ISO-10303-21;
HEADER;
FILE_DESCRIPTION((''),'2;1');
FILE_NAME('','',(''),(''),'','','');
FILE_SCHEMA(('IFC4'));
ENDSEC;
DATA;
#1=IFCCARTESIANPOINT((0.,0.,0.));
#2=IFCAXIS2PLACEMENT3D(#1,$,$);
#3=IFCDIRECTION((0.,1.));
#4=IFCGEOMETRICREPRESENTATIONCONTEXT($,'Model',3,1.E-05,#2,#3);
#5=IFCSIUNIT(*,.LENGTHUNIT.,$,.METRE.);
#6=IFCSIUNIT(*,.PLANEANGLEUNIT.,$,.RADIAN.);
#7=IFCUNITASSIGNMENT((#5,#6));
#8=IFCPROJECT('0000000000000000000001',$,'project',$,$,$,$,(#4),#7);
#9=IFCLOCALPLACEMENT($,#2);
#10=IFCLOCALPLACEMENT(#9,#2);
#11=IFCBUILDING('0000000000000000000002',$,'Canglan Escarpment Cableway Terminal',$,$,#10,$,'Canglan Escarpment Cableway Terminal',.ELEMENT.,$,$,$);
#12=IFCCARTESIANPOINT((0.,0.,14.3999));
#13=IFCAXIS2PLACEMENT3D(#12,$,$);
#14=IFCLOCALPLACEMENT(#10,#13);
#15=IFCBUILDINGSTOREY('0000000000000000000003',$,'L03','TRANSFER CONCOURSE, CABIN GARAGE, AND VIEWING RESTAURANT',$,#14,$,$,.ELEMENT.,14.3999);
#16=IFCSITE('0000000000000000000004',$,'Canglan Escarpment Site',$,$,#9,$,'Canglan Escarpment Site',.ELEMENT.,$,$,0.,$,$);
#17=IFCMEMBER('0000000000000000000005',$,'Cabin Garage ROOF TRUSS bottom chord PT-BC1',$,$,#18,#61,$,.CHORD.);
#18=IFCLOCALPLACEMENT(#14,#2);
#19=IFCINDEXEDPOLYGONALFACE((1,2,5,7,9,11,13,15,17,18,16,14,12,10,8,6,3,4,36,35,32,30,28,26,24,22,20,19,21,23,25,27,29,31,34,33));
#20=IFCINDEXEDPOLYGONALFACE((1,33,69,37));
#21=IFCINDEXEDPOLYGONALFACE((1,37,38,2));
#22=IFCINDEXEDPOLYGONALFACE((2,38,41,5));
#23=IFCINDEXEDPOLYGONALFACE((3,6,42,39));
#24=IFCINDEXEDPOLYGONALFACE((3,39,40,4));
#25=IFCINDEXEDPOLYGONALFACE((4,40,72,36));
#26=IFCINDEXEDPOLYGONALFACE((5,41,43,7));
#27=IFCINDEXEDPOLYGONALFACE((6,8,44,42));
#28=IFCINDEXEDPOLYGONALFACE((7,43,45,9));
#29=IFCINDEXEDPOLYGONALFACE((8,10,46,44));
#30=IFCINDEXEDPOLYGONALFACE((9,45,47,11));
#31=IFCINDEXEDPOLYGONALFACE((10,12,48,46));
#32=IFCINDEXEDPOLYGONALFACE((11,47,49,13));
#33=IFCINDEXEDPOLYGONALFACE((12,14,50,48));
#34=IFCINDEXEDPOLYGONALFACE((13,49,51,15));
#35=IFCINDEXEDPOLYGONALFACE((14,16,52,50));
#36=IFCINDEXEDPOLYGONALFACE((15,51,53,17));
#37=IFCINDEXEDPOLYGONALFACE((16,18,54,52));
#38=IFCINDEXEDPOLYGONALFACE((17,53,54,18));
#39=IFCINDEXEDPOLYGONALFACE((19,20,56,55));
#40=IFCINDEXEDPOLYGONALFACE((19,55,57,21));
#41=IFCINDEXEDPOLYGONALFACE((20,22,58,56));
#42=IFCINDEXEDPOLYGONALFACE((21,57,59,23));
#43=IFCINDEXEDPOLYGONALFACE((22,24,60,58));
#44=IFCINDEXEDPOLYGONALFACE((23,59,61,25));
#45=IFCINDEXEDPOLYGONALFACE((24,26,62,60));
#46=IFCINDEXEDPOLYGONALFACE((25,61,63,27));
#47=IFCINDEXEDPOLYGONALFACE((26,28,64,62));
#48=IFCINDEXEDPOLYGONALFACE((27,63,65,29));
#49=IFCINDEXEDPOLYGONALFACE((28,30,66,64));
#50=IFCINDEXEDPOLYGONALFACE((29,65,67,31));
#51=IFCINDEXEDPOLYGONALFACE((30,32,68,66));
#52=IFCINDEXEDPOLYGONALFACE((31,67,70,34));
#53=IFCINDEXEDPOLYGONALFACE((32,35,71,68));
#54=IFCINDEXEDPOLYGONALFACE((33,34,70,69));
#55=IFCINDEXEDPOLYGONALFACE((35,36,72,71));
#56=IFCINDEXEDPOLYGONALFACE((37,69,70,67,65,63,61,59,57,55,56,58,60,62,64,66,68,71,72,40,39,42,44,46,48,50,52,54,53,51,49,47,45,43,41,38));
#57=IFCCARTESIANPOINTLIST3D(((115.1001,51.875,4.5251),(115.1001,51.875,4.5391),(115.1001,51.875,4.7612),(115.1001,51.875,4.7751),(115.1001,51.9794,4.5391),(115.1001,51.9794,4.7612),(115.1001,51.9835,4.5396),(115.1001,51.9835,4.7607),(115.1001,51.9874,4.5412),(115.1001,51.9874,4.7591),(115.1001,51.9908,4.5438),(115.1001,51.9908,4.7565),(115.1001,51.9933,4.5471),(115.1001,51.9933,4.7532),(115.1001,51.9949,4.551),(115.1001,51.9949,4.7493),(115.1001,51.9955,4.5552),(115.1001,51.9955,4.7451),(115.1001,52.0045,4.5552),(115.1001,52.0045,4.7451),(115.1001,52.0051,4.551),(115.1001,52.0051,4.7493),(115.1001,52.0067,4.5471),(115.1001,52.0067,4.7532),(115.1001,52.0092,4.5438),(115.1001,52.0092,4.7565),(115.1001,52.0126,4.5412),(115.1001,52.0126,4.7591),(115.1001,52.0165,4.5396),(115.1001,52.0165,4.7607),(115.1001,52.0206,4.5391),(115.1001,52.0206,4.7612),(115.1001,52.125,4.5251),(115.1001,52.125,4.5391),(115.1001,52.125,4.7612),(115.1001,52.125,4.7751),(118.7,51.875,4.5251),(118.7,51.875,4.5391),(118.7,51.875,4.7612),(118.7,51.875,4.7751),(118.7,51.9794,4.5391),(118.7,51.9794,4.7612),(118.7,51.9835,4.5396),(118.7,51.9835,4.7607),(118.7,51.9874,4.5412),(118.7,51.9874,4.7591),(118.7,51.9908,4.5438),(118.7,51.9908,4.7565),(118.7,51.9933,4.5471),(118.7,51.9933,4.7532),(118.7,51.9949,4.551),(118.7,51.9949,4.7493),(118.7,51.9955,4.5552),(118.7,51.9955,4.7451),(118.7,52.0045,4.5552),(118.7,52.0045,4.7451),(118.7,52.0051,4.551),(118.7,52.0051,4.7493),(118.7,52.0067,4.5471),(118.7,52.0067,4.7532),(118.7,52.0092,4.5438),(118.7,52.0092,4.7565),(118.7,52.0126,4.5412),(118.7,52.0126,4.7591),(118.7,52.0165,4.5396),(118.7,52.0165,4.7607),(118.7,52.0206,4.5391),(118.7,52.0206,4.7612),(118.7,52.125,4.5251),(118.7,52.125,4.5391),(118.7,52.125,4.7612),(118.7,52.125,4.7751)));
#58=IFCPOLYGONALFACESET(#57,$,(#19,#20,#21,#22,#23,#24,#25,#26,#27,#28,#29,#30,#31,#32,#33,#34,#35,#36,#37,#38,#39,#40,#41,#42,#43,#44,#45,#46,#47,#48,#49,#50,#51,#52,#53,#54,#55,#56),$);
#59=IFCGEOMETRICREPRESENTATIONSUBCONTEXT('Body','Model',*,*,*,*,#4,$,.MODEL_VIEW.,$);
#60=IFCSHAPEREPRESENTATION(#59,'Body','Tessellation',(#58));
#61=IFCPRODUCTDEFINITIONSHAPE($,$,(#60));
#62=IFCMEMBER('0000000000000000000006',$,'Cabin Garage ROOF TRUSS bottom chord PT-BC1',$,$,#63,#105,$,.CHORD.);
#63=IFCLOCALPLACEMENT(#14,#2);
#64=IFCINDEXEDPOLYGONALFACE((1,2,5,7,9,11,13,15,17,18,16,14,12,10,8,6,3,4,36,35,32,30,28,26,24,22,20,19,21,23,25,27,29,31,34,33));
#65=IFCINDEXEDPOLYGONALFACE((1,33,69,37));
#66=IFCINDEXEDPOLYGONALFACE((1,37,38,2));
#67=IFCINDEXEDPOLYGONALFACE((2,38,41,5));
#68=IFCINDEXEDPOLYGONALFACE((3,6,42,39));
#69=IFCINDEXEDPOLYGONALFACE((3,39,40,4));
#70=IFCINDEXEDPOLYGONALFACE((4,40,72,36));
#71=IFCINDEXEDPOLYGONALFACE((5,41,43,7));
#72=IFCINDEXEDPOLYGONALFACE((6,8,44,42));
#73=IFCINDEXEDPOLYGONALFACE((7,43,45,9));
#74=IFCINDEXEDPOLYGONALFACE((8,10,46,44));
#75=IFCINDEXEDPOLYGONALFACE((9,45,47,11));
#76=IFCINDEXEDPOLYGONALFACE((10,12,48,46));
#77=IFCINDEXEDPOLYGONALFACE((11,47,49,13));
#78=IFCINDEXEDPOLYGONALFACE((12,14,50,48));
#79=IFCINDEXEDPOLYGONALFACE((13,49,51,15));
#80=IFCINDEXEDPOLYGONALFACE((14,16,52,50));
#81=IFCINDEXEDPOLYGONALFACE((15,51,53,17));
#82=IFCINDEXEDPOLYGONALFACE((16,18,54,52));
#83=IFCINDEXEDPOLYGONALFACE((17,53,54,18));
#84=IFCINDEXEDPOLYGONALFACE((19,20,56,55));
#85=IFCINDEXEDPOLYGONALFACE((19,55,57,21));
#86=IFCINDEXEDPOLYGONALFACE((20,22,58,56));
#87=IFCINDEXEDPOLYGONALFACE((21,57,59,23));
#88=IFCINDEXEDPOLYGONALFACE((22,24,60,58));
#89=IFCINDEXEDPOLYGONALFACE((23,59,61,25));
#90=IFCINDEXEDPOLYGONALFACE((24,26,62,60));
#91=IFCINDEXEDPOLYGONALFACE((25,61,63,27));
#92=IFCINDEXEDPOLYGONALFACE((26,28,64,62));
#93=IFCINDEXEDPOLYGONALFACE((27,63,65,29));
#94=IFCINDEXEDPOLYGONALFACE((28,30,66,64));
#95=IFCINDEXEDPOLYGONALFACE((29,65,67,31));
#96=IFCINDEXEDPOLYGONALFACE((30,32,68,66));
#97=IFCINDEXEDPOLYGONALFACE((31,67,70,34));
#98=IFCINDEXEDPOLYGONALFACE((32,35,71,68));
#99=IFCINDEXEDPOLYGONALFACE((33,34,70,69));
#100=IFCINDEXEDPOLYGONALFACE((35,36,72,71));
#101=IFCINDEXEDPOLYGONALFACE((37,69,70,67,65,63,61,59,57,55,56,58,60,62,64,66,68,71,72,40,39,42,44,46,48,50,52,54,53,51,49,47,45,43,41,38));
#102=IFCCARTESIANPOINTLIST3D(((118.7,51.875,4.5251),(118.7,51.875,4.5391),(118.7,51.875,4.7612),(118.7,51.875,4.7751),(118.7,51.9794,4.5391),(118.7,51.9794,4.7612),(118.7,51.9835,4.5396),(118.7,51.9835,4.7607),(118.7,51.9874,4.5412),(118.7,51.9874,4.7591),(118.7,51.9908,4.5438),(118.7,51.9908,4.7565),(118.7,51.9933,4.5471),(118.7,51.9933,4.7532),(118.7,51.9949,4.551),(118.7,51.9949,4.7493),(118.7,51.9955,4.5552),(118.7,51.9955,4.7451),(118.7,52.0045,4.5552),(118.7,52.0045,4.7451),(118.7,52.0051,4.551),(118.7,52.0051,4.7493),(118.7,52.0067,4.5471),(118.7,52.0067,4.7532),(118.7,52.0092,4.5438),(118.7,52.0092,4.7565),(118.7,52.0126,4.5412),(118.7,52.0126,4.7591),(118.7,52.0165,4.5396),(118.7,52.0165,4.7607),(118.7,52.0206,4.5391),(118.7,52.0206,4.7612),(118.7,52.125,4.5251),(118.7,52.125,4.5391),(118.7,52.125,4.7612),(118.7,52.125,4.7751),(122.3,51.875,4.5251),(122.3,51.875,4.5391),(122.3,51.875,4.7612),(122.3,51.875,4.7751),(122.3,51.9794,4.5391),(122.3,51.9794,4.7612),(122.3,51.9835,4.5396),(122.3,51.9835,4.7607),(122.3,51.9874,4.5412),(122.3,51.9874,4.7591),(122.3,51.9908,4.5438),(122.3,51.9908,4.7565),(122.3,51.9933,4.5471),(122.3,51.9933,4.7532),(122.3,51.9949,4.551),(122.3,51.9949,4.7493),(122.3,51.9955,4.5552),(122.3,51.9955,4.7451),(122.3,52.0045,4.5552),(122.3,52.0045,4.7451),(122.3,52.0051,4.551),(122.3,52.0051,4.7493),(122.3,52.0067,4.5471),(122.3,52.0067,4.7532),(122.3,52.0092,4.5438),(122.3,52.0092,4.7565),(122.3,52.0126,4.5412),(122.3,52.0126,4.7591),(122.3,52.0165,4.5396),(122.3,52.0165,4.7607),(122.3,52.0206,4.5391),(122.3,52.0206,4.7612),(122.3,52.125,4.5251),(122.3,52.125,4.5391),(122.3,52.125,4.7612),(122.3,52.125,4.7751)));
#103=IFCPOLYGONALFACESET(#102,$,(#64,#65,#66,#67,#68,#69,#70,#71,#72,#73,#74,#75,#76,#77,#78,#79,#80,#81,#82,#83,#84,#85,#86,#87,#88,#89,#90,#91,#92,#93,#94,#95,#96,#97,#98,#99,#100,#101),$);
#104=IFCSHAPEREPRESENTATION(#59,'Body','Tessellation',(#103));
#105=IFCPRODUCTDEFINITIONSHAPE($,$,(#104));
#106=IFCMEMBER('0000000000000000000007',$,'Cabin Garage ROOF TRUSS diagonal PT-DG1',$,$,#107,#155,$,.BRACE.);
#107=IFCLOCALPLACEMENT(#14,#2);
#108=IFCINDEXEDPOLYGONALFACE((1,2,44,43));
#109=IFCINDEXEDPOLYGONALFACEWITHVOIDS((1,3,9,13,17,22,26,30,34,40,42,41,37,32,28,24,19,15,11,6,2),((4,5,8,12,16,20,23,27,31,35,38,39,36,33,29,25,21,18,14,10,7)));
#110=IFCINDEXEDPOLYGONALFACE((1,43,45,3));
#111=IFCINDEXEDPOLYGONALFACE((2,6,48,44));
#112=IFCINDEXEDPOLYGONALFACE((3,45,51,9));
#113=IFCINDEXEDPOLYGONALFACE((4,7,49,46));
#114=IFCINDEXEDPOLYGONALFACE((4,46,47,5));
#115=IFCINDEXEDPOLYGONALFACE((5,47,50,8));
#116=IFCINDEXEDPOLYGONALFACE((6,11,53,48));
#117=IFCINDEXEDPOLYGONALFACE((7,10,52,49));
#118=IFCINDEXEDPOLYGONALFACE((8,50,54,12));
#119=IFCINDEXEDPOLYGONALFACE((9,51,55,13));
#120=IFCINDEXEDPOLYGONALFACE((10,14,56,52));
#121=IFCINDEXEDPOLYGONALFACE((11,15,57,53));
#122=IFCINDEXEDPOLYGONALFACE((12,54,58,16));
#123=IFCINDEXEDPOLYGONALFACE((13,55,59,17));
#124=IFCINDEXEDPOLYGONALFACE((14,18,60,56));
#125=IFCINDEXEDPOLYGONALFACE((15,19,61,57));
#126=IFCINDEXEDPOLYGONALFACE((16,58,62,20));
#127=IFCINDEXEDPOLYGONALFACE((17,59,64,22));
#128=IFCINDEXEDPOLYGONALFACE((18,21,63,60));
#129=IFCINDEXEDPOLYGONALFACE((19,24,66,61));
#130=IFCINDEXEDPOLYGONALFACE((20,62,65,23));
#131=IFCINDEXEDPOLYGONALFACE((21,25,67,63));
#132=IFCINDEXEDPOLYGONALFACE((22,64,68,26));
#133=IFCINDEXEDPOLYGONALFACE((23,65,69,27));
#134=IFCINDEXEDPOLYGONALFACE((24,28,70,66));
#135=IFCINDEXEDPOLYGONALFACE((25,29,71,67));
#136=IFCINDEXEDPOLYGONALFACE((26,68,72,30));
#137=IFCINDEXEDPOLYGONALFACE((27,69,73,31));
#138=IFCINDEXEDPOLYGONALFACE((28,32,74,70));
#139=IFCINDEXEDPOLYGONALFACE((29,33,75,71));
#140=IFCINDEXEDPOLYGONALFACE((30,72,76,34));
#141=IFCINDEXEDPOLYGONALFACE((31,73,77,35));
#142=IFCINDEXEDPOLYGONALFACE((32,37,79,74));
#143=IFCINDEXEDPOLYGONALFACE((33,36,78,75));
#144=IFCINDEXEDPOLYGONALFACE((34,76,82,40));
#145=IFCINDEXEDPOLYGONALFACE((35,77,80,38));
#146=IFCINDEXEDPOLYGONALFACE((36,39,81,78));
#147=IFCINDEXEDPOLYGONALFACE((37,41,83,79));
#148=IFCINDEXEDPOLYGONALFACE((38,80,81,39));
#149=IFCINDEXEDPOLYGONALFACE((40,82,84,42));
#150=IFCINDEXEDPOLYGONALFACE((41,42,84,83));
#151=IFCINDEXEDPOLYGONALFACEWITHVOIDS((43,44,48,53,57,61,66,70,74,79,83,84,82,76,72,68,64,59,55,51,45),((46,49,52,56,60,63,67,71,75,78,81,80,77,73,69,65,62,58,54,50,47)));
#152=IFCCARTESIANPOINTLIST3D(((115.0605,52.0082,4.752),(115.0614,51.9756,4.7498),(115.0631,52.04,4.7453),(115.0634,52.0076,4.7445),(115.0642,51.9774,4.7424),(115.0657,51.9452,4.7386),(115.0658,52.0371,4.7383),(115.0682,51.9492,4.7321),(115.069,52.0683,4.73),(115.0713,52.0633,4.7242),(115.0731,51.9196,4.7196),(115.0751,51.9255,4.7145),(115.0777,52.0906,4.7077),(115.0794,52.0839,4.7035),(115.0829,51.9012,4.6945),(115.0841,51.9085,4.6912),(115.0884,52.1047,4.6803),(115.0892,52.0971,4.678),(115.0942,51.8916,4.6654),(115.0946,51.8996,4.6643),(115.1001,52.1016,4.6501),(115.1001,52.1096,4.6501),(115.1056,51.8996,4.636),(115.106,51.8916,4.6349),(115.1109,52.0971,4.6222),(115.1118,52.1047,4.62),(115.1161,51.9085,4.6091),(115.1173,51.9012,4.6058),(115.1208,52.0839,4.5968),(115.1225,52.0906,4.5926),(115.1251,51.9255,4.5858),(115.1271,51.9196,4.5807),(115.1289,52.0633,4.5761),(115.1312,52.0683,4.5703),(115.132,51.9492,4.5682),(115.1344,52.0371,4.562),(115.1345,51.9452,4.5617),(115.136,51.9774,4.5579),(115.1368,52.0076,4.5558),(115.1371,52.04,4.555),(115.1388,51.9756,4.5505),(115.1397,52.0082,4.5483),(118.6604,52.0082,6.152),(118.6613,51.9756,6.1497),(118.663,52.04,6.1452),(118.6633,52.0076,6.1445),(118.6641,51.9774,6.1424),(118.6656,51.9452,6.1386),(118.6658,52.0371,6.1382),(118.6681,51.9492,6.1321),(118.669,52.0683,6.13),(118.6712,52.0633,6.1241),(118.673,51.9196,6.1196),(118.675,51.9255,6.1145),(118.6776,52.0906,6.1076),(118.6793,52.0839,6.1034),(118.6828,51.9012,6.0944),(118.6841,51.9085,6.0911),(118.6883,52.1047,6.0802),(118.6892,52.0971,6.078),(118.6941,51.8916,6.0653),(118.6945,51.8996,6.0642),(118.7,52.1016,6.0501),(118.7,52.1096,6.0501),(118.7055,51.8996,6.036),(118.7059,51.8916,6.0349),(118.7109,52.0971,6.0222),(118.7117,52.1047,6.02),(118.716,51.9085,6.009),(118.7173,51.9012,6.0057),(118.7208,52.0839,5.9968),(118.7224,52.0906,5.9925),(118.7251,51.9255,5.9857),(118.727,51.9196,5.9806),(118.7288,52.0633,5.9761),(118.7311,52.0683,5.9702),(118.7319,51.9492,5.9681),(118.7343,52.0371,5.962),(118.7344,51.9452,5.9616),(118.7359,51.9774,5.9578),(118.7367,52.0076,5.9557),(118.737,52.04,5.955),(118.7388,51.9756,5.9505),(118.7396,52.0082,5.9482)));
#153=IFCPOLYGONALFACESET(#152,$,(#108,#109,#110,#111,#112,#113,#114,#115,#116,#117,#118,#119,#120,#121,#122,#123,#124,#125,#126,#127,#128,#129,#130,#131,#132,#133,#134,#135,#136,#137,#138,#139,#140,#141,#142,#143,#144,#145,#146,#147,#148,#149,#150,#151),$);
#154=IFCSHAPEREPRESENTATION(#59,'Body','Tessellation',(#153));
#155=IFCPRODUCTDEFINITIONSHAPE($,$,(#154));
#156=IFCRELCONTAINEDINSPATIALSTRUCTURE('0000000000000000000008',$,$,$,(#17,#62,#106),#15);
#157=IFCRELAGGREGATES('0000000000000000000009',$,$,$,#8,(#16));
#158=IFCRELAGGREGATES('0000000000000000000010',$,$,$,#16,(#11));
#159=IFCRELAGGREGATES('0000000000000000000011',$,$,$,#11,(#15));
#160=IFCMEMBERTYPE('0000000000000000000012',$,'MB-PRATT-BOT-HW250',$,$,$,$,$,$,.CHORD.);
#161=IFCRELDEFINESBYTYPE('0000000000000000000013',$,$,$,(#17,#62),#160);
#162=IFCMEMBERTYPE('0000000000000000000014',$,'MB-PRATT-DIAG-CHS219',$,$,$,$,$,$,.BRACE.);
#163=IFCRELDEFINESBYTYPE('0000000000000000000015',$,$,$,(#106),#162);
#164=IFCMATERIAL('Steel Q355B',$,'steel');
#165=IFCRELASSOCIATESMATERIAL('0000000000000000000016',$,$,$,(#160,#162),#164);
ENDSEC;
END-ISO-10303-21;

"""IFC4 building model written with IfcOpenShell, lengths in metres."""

from ifc_helpers import new_model, si_unit, direction, frame, origin, origin_2d, place, context, subcontext, project, spatial, hollow_circle, i_section, extrude, material, material_profile, profile_set, type_object, element, save


model = new_model("IFC4")

# Units and contexts
model_context = context("Model", 3, precision=1e-05, world=origin(), true_north=direction((0.0, 1.0)))
body_context = subcontext(model_context, "Body", "Model", "MODEL_VIEW")
ifc_project = project(units=[si_unit("LENGTHUNIT", "METRE"), si_unit("PLANEANGLEUNIT", "RADIAN")], contexts=[model_context])

# Site, building, storey
site_placement = place(None, origin())
site = spatial("IfcSite", under=ifc_project, at=site_placement, Name="Canglan Escarpment Site", LongName="Canglan Escarpment Site", CompositionType="ELEMENT", RefElevation=0.0)
building_placement = place(site_placement, origin())
building = spatial("IfcBuilding", under=site, at=building_placement, Name="Canglan Escarpment Cableway Terminal", LongName="Canglan Escarpment Cableway Terminal", CompositionType="ELEMENT")
storey_placement = place(building_placement, frame((0.0, 0.0, 14.3999)))
storey = spatial("IfcBuildingStorey", under=building, at=storey_placement, Name="L03", Description="TRANSFER CONCOURSE, CABIN GARAGE, AND VIEWING RESTAURANT", CompositionType="ELEMENT", Elevation=14.3999)

# Shared definitions
ifc_material_1 = material(Name="Steel Q355B", Category="steel")

# Members
ifc_material_profile_1 = material_profile(ifc_material_1, i_section(OverallWidth=0.25, OverallDepth=0.25, WebThickness=0.009, FlangeThickness=0.0139, FilletRadius=0.0161, at=origin_2d()), Name="HW 250x250x9x14")
ifc_profile_set_1 = profile_set([ifc_material_profile_1], Name="Steel Q355B")
member_type_1 = type_object("IfcMemberType", Name="MB-PRATT-BOT-HW250", PredefinedType="CHORD", material=ifc_profile_set_1)
member_1_placement = place(storey_placement, frame((115.1001, 52.0, 4.6501), z_axis=(1.0, 0.0, 0.0), x_axis=(0.0, 1.0, 0.0)))
element("IfcMember", 1, at=member_1_placement, inside=storey, type_object=member_type_1, Name="Cabin Garage ROOF TRUSS bottom chord PT-BC1", PredefinedType="CHORD", context=body_context, shape_type="SweptSolid", body=[
    extrude(i_section(OverallWidth=0.25, OverallDepth=0.25, WebThickness=0.009, FlangeThickness=0.0139, FilletRadius=0.0161, at=origin_2d()), origin(), (0.0, 0.0, 1.0), 3.5999),
])
member_2_placement = place(storey_placement, frame((118.7, 52.0, 4.6501), z_axis=(1.0, 0.0, 0.0), x_axis=(0.0, 1.0, 0.0)))
element("IfcMember", 2, at=member_2_placement, inside=storey, type_object=member_type_1, Name="Cabin Garage ROOF TRUSS bottom chord PT-BC1", PredefinedType="CHORD", context=body_context, shape_type="SweptSolid", body=[
    extrude(i_section(OverallWidth=0.25, OverallDepth=0.25, WebThickness=0.009, FlangeThickness=0.0139, FilletRadius=0.0161, at=origin_2d()), origin(), (0.0, 0.0, 1.0), 3.6001),
])
ifc_material_profile_2 = material_profile(ifc_material_1, hollow_circle(Radius=0.1096, WallThickness=0.0081, at=origin_2d()), Name="CHS 219.1x8")
ifc_profile_set_2 = profile_set([ifc_material_profile_2], Name="Steel Q355B")
member_type_2 = type_object("IfcMemberType", Name="MB-PRATT-DIAG-CHS219", PredefinedType="BRACE", material=ifc_profile_set_2)
member_3_placement = place(storey_placement, frame((115.1001, 52.0, 4.6501), z_axis=(0.932008, 0.0, 0.362437), x_axis=(0.0, 1.0, 0.0)))
element("IfcMember", 3, at=member_3_placement, inside=storey, type_object=member_type_2, Name="Cabin Garage ROOF TRUSS diagonal PT-DG1", PredefinedType="BRACE", context=body_context, shape_type="SweptSolid", body=[
    extrude(hollow_circle(Radius=0.1096, WallThickness=0.0081, at=origin_2d()), origin(), (0.0, 0.0, 1.0), 3.8625),
])

save(model, "model.ifc")
